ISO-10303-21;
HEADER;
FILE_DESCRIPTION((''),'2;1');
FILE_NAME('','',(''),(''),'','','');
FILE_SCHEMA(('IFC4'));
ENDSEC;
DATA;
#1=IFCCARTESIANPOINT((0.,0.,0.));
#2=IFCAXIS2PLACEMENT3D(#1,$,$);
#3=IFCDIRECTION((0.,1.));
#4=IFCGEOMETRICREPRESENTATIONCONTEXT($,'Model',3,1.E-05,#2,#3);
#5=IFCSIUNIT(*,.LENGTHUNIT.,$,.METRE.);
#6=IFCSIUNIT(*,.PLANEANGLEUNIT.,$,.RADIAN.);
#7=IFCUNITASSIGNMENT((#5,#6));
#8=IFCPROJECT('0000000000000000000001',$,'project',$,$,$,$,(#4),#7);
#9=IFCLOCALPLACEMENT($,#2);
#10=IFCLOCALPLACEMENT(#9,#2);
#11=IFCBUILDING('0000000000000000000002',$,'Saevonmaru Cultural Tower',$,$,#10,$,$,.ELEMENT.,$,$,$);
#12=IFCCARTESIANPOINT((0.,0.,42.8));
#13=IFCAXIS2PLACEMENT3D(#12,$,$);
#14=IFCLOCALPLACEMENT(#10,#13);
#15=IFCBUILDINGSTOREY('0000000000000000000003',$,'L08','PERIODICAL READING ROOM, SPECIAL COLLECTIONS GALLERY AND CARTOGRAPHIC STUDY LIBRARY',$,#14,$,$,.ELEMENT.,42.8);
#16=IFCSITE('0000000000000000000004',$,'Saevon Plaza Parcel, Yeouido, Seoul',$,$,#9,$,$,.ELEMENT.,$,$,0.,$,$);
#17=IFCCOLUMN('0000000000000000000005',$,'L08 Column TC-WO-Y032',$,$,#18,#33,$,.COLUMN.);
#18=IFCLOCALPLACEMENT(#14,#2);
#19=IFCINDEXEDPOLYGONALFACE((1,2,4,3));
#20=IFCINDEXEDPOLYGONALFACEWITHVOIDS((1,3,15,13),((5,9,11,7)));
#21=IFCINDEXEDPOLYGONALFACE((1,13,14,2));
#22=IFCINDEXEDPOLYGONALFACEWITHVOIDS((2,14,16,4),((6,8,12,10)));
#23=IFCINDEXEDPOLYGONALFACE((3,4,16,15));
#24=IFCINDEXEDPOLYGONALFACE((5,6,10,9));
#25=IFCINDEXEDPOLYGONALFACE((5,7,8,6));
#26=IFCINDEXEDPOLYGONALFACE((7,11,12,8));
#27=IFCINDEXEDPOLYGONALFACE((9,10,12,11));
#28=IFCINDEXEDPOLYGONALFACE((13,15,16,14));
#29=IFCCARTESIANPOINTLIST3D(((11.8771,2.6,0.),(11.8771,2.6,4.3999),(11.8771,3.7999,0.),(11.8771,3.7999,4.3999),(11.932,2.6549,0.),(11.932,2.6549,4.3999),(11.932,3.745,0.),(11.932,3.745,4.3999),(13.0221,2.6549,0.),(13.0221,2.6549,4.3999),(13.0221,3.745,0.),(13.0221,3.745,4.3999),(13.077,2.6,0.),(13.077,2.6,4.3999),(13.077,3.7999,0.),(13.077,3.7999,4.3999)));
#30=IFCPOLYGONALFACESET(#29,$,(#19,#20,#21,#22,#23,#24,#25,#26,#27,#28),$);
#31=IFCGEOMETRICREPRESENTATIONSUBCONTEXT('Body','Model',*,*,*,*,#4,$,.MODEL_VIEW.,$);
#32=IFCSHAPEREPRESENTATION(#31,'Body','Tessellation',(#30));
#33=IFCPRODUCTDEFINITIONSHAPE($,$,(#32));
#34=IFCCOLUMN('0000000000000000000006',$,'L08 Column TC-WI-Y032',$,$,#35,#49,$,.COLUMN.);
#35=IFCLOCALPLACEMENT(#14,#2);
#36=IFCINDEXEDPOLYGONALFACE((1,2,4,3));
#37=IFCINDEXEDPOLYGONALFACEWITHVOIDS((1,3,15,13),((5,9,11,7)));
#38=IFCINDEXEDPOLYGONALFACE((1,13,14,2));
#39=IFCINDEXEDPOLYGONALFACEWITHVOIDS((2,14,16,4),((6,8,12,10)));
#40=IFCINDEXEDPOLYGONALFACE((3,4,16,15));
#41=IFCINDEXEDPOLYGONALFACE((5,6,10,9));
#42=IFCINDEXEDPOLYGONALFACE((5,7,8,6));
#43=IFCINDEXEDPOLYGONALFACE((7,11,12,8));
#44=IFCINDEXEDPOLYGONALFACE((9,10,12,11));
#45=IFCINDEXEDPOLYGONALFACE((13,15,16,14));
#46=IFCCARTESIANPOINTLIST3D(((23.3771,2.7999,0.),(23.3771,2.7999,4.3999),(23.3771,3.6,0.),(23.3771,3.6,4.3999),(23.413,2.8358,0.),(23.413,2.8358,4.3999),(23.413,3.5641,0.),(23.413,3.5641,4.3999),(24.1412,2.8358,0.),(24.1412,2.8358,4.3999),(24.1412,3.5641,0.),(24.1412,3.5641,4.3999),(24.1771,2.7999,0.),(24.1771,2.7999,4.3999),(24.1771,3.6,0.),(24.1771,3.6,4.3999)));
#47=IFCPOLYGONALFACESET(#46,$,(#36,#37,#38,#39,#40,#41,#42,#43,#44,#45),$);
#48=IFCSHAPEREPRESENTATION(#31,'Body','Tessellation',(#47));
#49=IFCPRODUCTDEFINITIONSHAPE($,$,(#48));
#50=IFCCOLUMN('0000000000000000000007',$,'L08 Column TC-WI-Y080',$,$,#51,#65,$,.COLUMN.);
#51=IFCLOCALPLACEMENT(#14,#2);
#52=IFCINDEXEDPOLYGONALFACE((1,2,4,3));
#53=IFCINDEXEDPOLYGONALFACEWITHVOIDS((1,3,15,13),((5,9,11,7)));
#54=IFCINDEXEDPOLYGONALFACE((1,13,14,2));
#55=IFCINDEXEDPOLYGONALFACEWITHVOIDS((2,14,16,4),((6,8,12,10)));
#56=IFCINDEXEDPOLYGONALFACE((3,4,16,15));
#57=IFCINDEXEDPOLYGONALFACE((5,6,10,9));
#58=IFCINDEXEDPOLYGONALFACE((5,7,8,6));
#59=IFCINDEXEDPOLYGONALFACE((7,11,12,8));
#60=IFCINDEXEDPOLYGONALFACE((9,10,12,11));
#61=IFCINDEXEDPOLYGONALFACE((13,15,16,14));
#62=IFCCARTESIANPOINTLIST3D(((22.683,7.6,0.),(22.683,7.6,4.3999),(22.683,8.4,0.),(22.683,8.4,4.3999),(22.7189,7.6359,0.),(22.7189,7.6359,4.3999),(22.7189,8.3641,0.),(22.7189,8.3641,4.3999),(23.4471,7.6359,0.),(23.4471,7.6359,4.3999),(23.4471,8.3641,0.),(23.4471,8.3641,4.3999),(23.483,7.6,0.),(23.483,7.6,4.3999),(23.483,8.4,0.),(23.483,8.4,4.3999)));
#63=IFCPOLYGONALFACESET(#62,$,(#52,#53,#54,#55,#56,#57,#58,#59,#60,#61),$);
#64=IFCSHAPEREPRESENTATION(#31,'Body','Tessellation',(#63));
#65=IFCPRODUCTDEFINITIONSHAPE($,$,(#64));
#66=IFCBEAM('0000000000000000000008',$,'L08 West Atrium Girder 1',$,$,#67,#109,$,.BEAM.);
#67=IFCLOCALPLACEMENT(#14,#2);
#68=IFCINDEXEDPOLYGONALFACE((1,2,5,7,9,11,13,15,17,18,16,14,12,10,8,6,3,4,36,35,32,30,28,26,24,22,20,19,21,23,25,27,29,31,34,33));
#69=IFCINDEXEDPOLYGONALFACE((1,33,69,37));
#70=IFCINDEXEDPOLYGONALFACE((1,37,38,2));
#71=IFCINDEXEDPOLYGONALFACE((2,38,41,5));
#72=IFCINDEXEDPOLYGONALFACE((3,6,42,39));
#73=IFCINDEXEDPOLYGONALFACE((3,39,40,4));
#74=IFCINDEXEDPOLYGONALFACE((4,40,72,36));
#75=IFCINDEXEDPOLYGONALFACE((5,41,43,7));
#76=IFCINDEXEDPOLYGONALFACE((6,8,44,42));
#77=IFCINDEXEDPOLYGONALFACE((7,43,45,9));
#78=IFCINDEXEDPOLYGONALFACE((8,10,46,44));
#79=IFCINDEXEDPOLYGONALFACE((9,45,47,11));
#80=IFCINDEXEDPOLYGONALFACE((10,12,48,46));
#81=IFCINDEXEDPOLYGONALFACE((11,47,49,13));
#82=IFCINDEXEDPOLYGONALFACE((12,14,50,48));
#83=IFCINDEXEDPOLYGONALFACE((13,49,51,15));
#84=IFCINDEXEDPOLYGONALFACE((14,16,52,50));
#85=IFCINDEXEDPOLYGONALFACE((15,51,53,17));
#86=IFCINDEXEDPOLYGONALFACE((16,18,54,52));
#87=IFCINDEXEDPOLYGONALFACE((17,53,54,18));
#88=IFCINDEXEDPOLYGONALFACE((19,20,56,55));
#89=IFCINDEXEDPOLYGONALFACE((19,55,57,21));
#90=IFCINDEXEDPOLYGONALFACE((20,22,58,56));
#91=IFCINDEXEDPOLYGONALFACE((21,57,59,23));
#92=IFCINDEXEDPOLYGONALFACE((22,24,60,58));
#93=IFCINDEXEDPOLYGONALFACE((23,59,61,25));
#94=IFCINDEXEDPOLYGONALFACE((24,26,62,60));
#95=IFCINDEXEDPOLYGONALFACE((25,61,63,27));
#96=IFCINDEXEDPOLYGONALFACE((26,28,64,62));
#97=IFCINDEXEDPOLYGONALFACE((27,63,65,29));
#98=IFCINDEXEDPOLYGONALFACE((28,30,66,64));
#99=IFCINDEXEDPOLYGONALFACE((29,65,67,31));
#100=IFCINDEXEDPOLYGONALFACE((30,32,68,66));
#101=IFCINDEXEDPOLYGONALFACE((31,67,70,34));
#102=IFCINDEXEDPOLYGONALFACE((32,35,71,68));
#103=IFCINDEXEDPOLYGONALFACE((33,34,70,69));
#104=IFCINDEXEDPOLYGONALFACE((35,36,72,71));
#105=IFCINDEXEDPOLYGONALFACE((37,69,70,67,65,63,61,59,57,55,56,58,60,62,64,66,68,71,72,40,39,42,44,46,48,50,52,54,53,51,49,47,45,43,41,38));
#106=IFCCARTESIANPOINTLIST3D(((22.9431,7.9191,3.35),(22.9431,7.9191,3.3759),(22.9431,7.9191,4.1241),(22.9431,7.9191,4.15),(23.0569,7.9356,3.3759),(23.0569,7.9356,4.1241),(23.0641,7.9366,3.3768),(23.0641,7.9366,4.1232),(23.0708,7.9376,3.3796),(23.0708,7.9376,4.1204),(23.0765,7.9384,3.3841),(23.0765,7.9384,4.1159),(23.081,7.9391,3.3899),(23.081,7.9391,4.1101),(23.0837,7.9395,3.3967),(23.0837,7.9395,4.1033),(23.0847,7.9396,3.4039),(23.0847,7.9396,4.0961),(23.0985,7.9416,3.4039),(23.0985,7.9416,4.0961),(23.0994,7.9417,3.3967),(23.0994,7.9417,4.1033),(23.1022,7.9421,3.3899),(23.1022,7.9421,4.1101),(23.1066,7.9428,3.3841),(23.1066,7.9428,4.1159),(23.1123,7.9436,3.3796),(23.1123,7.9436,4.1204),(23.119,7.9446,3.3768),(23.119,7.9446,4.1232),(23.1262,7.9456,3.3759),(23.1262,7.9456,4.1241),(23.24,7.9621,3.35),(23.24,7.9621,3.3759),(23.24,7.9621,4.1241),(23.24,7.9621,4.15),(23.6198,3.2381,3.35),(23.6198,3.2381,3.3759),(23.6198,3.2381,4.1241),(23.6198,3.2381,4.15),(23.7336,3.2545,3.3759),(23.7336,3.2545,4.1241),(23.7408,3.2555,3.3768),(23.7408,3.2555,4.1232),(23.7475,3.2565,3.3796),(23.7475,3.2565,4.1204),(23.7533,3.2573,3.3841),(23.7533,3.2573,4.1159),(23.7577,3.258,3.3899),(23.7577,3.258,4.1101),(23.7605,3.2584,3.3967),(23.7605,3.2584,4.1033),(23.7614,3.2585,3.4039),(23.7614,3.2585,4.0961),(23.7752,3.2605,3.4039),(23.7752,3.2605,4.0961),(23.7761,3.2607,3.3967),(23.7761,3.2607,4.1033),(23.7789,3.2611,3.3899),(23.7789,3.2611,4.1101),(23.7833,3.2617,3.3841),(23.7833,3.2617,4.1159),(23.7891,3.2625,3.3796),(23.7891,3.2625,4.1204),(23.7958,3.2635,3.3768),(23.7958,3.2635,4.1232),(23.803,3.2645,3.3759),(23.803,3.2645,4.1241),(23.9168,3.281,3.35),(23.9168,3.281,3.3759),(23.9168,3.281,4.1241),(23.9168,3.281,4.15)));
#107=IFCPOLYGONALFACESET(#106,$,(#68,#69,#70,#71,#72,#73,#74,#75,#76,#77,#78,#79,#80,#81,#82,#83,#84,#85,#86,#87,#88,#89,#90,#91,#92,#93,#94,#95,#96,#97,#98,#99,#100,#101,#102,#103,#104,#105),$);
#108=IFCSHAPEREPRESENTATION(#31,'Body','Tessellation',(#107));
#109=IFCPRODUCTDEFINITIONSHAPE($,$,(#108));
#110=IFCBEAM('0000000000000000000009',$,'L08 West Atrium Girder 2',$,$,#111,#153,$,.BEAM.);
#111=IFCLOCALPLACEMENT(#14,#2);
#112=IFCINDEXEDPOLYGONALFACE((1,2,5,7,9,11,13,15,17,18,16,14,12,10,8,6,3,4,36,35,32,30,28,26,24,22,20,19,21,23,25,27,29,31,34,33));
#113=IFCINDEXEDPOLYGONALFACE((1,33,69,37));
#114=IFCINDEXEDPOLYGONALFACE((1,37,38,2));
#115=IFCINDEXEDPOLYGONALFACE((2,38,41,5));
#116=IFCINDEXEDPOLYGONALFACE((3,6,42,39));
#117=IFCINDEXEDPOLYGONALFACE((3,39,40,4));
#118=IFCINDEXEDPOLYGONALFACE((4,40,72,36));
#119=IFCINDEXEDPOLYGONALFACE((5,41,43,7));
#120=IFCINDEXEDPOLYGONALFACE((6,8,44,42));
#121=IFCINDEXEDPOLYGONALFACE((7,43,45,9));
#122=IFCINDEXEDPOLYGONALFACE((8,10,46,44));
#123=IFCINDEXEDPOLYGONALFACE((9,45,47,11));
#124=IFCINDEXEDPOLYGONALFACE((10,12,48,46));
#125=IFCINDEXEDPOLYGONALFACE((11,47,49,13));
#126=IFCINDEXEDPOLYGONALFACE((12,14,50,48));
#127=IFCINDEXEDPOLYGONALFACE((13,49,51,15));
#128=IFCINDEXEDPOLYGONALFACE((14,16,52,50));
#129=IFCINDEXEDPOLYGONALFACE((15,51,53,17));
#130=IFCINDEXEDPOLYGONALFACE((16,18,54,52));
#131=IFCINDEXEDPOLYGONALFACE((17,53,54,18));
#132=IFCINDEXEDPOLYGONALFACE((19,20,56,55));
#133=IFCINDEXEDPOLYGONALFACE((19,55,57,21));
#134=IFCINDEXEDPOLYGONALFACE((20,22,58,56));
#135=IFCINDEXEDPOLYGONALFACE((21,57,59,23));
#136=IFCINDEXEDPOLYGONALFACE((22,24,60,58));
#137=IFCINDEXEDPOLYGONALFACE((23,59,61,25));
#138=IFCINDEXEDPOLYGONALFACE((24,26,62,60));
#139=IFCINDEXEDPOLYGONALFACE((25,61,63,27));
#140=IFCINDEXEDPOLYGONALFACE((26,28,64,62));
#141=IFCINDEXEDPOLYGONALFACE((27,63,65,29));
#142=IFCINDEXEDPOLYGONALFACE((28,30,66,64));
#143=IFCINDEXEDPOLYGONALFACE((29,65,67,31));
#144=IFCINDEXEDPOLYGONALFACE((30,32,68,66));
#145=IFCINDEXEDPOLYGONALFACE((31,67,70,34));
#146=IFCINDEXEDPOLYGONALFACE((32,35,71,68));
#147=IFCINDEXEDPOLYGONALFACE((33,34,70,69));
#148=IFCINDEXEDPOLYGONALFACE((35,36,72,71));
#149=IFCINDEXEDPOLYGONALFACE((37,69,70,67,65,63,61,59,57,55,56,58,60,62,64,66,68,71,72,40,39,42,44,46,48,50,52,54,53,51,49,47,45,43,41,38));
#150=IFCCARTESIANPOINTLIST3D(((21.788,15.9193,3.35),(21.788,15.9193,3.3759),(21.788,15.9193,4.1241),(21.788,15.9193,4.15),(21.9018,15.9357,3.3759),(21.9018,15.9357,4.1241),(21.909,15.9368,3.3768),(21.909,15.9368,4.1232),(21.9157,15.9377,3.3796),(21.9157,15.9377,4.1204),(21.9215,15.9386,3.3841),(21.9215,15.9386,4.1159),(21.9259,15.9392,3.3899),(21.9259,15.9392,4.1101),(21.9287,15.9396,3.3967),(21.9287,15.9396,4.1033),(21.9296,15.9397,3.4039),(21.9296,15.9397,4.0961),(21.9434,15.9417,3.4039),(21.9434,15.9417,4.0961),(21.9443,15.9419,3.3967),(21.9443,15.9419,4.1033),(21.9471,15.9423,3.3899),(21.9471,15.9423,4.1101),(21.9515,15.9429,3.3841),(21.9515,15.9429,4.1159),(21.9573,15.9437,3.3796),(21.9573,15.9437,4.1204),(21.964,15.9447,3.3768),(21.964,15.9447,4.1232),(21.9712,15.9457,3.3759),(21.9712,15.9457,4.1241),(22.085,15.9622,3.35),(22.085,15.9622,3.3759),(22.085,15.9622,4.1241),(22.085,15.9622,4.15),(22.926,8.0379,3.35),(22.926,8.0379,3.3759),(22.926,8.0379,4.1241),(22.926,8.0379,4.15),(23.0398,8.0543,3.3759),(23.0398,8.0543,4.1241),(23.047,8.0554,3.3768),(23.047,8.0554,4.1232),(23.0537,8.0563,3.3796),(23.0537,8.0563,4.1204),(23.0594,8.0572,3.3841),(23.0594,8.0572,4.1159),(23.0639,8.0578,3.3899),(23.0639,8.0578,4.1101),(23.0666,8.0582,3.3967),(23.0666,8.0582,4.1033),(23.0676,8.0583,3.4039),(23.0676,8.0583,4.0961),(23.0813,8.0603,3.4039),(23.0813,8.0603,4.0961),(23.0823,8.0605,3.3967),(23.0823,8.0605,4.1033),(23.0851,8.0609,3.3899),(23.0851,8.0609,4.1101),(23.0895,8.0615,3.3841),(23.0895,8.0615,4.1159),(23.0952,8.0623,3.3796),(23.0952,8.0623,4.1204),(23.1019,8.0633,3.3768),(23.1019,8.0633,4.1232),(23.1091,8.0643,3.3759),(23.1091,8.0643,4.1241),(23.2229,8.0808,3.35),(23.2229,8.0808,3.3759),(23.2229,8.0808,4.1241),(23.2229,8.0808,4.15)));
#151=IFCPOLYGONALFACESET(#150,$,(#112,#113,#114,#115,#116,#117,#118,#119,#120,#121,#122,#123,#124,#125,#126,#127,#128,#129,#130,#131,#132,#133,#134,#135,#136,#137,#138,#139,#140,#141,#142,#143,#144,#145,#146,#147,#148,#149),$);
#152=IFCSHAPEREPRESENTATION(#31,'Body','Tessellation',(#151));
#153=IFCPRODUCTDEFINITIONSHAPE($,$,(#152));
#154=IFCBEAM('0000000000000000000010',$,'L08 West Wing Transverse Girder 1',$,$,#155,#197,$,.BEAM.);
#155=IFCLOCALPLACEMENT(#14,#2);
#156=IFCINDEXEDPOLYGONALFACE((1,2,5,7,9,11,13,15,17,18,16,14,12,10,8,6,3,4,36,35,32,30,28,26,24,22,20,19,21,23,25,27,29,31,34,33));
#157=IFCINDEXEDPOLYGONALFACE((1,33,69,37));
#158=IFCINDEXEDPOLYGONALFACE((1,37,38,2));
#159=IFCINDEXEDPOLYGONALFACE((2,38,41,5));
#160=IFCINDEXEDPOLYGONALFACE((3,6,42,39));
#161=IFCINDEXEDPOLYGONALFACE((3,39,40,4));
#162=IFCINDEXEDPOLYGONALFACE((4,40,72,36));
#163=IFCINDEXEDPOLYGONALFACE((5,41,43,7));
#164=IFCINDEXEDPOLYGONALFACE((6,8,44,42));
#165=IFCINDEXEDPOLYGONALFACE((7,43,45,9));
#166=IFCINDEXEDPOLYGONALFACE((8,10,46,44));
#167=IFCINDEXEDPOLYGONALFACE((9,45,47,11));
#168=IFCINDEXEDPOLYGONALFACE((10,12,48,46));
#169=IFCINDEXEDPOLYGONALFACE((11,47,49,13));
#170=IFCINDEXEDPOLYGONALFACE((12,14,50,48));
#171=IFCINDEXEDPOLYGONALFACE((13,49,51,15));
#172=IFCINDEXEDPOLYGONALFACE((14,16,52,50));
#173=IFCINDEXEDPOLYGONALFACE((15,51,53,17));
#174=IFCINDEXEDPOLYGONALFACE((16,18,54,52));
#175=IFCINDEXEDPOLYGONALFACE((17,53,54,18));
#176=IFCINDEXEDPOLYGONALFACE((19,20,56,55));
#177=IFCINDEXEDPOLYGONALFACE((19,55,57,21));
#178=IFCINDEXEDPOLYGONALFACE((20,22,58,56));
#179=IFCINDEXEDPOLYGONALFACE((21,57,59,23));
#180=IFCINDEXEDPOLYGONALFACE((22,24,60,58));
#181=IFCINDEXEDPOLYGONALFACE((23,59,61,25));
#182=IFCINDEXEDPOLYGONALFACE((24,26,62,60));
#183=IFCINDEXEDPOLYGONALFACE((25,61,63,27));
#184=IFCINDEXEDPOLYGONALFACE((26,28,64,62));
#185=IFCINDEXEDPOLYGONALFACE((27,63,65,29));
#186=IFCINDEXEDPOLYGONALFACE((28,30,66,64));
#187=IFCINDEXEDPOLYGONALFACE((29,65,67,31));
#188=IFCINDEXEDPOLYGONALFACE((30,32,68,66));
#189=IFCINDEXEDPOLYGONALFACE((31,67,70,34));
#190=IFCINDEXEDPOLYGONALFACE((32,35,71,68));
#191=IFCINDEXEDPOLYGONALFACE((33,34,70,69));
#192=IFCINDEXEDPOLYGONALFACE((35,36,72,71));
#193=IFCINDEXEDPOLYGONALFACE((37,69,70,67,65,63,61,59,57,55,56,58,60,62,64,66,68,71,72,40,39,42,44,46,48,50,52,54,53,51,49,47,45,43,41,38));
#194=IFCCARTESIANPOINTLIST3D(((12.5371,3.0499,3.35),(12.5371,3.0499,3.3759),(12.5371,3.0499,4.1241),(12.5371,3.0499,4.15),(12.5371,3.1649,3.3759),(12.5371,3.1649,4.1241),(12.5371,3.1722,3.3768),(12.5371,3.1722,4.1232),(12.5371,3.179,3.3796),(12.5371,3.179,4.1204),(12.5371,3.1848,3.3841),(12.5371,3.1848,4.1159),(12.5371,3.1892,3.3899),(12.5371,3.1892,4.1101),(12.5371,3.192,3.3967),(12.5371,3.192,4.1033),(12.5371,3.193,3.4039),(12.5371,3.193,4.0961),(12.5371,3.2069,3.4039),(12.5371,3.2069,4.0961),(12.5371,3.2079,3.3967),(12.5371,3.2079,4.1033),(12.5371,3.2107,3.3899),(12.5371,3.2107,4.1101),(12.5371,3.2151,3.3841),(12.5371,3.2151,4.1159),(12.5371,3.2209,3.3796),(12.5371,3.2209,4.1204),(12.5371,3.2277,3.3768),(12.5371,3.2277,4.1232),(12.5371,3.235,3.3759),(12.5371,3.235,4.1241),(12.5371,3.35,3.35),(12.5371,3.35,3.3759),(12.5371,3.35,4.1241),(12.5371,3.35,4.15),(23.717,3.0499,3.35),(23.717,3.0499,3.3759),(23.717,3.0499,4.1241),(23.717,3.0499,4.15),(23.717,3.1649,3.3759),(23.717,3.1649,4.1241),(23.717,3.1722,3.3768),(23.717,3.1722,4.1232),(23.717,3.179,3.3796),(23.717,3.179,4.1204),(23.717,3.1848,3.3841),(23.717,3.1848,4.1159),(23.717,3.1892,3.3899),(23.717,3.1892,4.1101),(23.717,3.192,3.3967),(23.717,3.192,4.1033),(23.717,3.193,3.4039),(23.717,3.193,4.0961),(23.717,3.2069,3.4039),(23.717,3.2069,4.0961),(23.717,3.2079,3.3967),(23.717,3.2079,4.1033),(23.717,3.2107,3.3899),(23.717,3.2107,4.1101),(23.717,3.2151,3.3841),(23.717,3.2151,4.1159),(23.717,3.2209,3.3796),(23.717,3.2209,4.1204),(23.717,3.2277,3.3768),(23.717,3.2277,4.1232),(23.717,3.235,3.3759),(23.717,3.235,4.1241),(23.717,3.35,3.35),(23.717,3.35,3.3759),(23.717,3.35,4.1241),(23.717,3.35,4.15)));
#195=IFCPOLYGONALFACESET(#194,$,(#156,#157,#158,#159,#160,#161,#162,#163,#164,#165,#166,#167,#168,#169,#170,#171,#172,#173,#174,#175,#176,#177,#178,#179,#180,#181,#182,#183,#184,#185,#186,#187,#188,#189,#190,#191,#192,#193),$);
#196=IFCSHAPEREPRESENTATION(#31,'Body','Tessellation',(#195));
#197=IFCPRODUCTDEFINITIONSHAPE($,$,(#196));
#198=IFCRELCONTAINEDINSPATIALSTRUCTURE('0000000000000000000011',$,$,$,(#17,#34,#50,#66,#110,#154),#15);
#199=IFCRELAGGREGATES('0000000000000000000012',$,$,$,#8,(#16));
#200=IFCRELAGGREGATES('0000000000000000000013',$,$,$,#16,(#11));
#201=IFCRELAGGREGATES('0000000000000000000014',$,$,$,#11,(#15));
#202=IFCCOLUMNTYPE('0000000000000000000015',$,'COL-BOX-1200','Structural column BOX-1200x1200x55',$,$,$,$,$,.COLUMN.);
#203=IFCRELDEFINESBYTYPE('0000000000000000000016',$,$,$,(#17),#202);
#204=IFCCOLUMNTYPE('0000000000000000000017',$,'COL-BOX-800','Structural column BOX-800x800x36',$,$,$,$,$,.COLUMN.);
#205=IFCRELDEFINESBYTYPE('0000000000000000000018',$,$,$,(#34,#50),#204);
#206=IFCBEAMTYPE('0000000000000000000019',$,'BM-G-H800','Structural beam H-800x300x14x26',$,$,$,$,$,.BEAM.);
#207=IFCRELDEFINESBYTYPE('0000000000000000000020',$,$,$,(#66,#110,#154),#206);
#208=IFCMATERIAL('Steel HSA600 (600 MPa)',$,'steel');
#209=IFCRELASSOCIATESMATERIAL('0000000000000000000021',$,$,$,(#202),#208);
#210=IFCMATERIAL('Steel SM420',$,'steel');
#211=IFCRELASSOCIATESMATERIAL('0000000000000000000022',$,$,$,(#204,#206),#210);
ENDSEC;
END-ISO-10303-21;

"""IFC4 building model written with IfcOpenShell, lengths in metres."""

from ifc_helpers import new_model, si_unit, direction, frame, origin, origin_2d, place, context, subcontext, project, spatial, hollow_rectangle, i_section, extrude, material, material_profile, profile_set, type_object, element, save


model = new_model("IFC4")

# Units and contexts
model_context = context("Model", 3, precision=1e-05, world=origin(), true_north=direction((0.0, 1.0)))
body_context = subcontext(model_context, "Body", "Model", "MODEL_VIEW")
ifc_project = project(units=[si_unit("LENGTHUNIT", "METRE"), si_unit("PLANEANGLEUNIT", "RADIAN")], contexts=[model_context])

# Site, building, storey
site_placement = place(None, origin())
site = spatial("IfcSite", under=ifc_project, at=site_placement, Name="Saevon Plaza Parcel, Yeouido, Seoul", CompositionType="ELEMENT", RefElevation=0.0)
building_placement = place(site_placement, origin())
building = spatial("IfcBuilding", under=site, at=building_placement, Name="Saevonmaru Cultural Tower", CompositionType="ELEMENT")
storey_placement = place(building_placement, frame((0.0, 0.0, 42.8)))
storey = spatial("IfcBuildingStorey", under=building, at=storey_placement, Name="L08", Description="PERIODICAL READING ROOM, SPECIAL COLLECTIONS GALLERY AND CARTOGRAPHIC STUDY LIBRARY", CompositionType="ELEMENT", Elevation=42.8)

# Columns
ifc_material_1 = material(Name="Steel HSA600 (600 MPa)", Category="steel")
ifc_material_profile_1 = material_profile(ifc_material_1, hollow_rectangle(XDim=1.2, YDim=1.2, WallThickness=0.0549, at=origin_2d()), Name="BOX-1200x1200x55")
ifc_profile_set_1 = profile_set([ifc_material_profile_1], Name="Steel HSA600 (600 MPa)")
column_type_1 = type_object("IfcColumnType", Name="COL-BOX-1200", Description="Structural column BOX-1200x1200x55", PredefinedType="COLUMN", material=ifc_profile_set_1)
column_placement = place(storey_placement, frame((12.4771, 3.2, 0.0), z_axis=(0.0, 0.0, 1.0), x_axis=(1.0, 0.0, 0.0)))
element("IfcColumn", 1, at=column_placement, inside=storey, type_object=column_type_1, Name="L08 Column TC-WO-Y032", PredefinedType="COLUMN", context=body_context, shape_type="SweptSolid", body=[
    extrude(hollow_rectangle(XDim=1.2, YDim=1.2, WallThickness=0.0549, at=origin_2d()), origin(), (0.0, 0.0, 1.0), 4.3999),
])
ifc_material_2 = material(Name="Steel SM420", Category="steel")
ifc_material_profile_2 = material_profile(ifc_material_2, hollow_rectangle(XDim=0.8, YDim=0.8, WallThickness=0.0359, at=origin_2d()), Name="BOX-800x800x36")
ifc_profile_set_2 = profile_set([ifc_material_profile_2], Name="Steel SM420")
column_type_2 = type_object("IfcColumnType", Name="COL-BOX-800", Description="Structural column BOX-800x800x36", PredefinedType="COLUMN", material=ifc_profile_set_2)
for number, where, z_axis, x_axis, name in (
    (2, (23.7771, 3.2, 0.0), (0.0, 0.0, 1.0), (1.0, 0.0, 0.0), "L08 Column TC-WI-Y032"),
    (3, (23.083, 8.0, 0.0), (0.0, 0.0, 1.0), (1.0, 0.0, 0.0), "L08 Column TC-WI-Y080"),
):
    element("IfcColumn", number, at=place(storey_placement, frame(where, z_axis=z_axis, x_axis=x_axis)), inside=storey, type_object=column_type_2, Name=name, PredefinedType="COLUMN", context=body_context, shape_type="SweptSolid", body=[
        extrude(hollow_rectangle(XDim=0.8, YDim=0.8, WallThickness=0.0359, at=origin_2d()), origin(), (0.0, 0.0, 1.0), 4.3999),
    ])

# Beams
ifc_material_profile_3 = material_profile(ifc_material_2, i_section(OverallWidth=0.3, OverallDepth=0.8, WebThickness=0.0139, FlangeThickness=0.0259, FilletRadius=0.0281, at=origin_2d()), Name="H-800x300x14x26")
ifc_profile_set_3 = profile_set([ifc_material_profile_3], Name="Steel SM420")
beam_type_1 = type_object("IfcBeamType", Name="BM-G-H800", Description="Structural beam H-800x300x14x26", PredefinedType="BEAM", material=ifc_profile_set_3)
beam_1_placement = place(storey_placement, frame((23.7683, 3.2595, 3.75), z_axis=(-0.143083, 0.989711, 0.0), x_axis=(-0.989711, -0.143083, 0.0)))
element("IfcBeam", 4, at=beam_1_placement, inside=storey, type_object=beam_type_1, Name="L08 West Atrium Girder 1", PredefinedType="BEAM", context=body_context, shape_type="SweptSolid", body=[
    extrude(i_section(OverallWidth=0.3, OverallDepth=0.8, WebThickness=0.0139, FlangeThickness=0.0259, FilletRadius=0.0281, at=origin_2d()), origin(), (0.0, 0.0, 1.0), 4.7297),
])
beam_2_placement = place(storey_placement, frame((23.0745, 8.0593, 3.75), z_axis=(-0.142902, 0.989737, 0.0), x_axis=(-0.989737, -0.142902, 0.0)))
element("IfcBeam", 5, at=beam_2_placement, inside=storey, type_object=beam_type_1, Name="L08 West Atrium Girder 2", PredefinedType="BEAM", context=body_context, shape_type="SweptSolid", body=[
    extrude(i_section(OverallWidth=0.3, OverallDepth=0.8, WebThickness=0.0139, FlangeThickness=0.0259, FilletRadius=0.0281, at=origin_2d()), origin(), (0.0, 0.0, 1.0), 7.9631),
])
beam_3_placement = place(storey_placement, frame((12.5371, 3.2, 3.75), z_axis=(1.0, 0.0, 0.0), x_axis=(0.0, 1.0, 0.0)))
element("IfcBeam", 6, at=beam_3_placement, inside=storey, type_object=beam_type_1, Name="L08 West Wing Transverse Girder 1", PredefinedType="BEAM", context=body_context, shape_type="SweptSolid", body=[
    extrude(i_section(OverallWidth=0.3, OverallDepth=0.8, WebThickness=0.0139, FlangeThickness=0.0259, FilletRadius=0.0281, at=origin_2d()), origin(), (0.0, 0.0, 1.0), 11.1799),
])

save(model, "model.ifc")
